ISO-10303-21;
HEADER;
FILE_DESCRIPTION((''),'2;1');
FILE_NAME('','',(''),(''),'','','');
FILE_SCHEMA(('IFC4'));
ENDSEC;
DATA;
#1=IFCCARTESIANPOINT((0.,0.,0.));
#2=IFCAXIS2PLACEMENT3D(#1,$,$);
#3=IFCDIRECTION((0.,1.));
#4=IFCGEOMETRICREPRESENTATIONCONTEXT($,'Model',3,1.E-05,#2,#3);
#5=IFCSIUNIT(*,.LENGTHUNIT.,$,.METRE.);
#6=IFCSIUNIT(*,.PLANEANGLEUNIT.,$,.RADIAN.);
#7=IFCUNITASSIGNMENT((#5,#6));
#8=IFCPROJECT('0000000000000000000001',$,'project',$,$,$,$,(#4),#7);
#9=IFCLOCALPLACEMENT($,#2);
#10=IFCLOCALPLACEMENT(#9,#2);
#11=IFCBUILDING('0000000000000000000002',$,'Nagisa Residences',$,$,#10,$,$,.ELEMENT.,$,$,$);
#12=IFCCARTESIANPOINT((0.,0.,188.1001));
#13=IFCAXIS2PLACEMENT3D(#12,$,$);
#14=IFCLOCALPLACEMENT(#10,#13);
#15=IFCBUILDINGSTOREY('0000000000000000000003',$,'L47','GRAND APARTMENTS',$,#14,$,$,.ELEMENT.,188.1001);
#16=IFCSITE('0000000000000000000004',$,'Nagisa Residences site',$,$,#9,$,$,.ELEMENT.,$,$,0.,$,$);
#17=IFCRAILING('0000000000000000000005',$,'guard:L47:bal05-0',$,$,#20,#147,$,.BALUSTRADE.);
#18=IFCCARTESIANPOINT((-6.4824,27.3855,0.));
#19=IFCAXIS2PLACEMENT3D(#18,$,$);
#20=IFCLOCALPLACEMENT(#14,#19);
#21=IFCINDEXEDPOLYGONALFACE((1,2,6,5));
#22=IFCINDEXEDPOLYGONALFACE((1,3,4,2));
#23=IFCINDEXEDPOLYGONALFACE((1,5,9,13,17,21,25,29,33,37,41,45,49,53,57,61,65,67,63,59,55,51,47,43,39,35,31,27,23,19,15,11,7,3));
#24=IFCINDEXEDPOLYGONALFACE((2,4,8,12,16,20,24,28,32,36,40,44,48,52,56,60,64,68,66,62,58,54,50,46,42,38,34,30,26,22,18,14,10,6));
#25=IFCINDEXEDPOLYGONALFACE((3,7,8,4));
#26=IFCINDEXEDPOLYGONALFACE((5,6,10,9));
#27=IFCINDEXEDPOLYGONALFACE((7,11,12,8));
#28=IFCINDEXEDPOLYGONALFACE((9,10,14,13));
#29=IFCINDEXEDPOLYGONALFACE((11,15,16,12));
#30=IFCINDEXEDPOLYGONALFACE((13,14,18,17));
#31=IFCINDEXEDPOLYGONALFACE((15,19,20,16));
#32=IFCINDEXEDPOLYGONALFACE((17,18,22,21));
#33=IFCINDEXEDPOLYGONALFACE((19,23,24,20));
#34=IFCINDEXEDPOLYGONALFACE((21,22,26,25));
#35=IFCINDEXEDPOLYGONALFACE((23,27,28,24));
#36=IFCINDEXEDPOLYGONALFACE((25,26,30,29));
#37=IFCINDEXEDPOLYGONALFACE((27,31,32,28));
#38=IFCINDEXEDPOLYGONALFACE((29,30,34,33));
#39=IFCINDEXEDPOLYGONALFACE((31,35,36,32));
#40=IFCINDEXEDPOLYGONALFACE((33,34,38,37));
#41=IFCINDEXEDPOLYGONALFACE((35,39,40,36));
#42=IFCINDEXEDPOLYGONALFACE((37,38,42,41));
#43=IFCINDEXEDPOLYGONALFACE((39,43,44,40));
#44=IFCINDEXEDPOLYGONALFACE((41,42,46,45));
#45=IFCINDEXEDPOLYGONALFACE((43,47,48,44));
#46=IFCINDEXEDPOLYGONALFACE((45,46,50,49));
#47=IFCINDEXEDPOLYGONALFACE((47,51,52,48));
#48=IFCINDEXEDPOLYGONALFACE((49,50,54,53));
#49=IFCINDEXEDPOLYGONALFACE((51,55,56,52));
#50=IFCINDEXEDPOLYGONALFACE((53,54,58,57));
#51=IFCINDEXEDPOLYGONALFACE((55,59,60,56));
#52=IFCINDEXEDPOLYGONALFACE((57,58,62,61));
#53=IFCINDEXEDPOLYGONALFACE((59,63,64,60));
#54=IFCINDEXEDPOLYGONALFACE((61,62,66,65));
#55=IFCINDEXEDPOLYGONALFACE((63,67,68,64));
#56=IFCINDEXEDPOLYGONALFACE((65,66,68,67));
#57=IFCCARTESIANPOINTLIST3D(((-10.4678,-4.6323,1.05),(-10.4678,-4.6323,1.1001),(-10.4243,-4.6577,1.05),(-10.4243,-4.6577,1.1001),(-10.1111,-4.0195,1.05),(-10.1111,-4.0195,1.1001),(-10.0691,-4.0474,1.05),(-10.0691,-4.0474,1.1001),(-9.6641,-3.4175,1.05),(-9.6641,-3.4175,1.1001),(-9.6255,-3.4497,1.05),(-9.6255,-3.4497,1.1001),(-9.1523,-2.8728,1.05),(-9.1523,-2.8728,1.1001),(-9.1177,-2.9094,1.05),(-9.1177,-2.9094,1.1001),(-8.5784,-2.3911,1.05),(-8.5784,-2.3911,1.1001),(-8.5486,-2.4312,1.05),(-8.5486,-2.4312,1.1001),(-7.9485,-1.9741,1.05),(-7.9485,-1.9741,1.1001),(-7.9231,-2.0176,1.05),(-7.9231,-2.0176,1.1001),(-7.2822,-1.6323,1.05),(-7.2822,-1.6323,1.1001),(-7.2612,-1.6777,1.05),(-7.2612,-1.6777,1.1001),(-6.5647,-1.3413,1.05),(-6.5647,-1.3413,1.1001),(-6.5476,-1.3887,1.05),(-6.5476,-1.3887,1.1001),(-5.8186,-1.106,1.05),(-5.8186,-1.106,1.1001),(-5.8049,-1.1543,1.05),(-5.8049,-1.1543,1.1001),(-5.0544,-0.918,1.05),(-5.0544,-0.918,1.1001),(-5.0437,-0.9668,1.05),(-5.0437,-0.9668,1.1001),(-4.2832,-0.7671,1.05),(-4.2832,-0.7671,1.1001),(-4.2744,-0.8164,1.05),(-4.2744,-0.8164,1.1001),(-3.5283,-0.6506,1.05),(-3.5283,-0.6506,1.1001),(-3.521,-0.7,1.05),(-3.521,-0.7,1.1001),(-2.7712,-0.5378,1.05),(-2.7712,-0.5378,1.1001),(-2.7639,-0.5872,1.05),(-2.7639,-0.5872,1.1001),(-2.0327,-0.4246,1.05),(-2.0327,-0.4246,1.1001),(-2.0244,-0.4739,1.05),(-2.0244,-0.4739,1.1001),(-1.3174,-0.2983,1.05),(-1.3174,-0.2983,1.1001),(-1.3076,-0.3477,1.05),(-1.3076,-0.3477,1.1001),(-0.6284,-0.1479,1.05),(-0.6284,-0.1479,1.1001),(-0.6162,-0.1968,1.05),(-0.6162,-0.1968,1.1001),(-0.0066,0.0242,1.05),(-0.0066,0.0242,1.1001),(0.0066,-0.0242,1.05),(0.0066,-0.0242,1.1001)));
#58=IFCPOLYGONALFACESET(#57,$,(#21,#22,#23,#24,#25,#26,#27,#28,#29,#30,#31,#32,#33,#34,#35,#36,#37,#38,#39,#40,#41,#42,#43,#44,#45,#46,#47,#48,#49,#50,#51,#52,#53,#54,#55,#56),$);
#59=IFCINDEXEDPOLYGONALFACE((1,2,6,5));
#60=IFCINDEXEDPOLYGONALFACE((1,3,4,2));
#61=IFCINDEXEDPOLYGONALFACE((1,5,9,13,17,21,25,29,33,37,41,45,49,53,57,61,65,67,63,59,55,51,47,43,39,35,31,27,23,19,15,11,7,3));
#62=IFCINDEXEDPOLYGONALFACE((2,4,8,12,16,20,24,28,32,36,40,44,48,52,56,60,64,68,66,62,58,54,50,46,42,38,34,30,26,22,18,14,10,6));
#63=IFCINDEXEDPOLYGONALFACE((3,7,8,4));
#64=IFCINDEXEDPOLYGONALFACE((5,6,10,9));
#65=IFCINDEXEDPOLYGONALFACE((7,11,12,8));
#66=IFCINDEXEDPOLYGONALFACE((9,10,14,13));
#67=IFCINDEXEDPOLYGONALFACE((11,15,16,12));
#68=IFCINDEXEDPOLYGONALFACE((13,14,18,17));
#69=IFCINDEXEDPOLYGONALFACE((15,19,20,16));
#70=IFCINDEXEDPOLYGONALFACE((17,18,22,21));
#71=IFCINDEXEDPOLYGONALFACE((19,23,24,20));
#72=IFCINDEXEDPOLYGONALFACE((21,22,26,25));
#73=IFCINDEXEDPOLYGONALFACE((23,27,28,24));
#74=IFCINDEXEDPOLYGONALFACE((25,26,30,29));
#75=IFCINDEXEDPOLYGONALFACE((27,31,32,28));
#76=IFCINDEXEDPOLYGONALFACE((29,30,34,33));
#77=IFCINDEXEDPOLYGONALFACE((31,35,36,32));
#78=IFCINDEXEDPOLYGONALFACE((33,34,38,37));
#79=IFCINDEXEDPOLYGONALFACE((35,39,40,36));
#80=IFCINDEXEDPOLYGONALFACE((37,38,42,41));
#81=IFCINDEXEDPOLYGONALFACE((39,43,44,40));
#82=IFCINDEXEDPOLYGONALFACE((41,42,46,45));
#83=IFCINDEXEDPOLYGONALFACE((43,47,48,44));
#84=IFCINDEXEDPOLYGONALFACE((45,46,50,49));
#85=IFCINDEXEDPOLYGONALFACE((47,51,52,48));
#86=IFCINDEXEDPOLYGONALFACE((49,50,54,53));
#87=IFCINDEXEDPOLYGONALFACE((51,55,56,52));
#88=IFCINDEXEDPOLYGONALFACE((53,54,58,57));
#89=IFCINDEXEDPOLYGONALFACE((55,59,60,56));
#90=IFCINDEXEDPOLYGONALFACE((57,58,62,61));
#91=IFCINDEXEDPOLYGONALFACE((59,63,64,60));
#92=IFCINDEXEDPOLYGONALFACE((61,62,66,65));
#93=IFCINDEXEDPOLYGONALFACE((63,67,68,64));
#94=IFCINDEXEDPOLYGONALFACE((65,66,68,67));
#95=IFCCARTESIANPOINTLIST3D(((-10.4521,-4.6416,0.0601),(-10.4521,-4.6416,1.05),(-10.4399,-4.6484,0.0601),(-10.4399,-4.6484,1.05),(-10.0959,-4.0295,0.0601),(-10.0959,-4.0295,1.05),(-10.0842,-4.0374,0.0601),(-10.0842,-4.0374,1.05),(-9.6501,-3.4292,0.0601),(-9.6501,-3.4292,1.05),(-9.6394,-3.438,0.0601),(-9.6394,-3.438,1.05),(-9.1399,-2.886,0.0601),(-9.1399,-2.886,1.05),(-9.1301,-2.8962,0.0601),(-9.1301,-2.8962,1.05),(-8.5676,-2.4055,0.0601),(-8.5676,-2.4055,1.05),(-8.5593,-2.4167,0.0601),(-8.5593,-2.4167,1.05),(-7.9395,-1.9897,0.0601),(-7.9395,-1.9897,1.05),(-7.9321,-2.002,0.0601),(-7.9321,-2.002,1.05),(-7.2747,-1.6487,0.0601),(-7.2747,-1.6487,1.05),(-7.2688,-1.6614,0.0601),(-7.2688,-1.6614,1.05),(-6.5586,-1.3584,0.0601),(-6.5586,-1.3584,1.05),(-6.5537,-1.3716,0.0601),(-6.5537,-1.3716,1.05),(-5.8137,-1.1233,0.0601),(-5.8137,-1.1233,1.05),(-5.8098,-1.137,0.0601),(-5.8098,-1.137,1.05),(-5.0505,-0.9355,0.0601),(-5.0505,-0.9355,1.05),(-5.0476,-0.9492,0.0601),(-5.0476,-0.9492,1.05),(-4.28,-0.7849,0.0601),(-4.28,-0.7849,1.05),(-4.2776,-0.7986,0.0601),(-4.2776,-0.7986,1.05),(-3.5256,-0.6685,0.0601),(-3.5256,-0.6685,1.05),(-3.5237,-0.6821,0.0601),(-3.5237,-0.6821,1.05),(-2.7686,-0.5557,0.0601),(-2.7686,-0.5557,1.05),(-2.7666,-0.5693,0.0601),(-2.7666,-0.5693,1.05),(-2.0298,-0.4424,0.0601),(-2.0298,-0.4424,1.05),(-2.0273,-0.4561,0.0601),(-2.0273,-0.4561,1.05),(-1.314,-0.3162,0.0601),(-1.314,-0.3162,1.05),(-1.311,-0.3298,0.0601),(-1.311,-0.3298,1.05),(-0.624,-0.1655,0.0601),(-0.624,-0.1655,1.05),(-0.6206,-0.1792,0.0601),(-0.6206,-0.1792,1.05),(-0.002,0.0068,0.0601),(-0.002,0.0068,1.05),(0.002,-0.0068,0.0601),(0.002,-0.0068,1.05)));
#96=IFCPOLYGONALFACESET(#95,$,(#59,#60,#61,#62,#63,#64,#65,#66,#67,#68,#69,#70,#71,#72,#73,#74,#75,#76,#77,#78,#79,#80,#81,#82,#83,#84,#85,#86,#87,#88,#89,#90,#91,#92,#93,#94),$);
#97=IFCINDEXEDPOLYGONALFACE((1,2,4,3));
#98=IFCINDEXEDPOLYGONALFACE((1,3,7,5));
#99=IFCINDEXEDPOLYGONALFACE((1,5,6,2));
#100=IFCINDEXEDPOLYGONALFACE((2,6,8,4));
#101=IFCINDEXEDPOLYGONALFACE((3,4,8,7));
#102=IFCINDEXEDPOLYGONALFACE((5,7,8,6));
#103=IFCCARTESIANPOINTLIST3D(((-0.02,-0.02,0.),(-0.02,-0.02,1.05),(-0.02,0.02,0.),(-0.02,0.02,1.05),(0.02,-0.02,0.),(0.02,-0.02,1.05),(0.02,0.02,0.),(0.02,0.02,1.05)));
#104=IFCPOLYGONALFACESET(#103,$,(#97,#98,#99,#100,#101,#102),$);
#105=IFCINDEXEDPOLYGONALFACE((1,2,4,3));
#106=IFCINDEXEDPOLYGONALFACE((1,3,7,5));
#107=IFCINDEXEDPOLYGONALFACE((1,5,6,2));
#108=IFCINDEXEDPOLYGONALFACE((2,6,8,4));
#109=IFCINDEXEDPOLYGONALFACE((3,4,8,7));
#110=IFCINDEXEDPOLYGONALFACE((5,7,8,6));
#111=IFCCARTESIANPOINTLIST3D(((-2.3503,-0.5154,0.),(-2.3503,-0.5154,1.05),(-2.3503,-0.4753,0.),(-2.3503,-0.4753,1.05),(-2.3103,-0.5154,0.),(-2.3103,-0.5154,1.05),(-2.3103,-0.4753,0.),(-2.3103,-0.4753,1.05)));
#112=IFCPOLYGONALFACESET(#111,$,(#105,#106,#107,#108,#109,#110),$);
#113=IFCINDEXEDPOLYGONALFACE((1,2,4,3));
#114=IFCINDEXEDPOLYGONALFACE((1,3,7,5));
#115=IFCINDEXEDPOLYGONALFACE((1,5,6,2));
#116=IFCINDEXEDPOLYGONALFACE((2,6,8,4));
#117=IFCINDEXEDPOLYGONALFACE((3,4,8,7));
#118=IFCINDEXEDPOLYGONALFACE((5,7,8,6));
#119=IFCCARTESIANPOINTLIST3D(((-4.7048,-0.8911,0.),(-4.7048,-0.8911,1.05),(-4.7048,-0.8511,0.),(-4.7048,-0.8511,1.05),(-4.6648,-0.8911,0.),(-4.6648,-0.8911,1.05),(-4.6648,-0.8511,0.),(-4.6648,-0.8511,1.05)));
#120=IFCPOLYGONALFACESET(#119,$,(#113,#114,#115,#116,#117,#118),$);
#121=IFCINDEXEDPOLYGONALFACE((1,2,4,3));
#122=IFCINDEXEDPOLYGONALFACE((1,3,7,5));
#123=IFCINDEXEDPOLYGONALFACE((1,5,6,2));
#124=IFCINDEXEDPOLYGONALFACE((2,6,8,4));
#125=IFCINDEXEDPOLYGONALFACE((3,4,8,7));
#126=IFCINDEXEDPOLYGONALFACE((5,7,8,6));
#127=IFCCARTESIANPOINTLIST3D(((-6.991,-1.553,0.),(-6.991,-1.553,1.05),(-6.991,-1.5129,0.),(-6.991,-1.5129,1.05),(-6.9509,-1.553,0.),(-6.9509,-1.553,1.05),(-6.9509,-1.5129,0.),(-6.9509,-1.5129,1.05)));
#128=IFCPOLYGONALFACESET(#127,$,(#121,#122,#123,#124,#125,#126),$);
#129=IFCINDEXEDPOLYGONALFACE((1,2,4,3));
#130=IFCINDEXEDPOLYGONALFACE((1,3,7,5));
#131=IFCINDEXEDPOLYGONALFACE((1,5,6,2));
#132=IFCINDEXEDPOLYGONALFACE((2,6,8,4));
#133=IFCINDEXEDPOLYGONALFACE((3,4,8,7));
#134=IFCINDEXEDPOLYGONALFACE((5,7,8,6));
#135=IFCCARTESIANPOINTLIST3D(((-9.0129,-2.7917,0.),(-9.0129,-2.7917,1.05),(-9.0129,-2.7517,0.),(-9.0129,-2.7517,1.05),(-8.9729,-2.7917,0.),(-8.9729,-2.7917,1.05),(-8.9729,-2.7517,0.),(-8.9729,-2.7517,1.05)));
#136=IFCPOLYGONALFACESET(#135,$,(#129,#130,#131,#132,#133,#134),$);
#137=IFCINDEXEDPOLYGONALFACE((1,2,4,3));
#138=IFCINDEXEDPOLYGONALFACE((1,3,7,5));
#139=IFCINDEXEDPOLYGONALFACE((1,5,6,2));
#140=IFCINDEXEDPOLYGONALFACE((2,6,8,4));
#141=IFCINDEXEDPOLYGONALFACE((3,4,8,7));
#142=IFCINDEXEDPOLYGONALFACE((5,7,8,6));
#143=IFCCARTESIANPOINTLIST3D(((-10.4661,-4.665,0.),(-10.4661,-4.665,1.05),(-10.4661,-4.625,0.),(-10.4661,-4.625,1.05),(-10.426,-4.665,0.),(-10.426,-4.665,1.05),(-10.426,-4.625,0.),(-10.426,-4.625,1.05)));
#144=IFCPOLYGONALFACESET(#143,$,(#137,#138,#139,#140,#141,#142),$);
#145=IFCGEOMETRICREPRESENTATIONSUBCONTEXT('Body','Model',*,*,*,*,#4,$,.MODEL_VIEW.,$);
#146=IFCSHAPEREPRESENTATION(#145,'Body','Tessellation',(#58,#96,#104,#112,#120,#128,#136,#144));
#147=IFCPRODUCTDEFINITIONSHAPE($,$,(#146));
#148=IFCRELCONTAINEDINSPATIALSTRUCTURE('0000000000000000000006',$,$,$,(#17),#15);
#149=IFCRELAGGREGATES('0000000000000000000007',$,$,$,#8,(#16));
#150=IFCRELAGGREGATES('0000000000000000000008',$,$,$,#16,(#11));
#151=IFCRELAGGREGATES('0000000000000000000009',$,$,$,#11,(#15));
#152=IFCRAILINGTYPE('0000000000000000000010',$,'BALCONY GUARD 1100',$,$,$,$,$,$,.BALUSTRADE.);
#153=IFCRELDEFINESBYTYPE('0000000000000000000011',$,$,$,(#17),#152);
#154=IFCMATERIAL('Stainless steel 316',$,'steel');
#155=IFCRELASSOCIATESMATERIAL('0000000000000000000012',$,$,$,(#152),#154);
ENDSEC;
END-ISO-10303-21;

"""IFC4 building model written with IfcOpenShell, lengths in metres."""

from ifc_helpers import new_model, si_unit, direction, frame, origin, origin_2d, place, context, subcontext, project, spatial, polyline, rectangle, outline, extrude, material, type_object, element, save


model = new_model("IFC4")

# Units and contexts
model_context = context("Model", 3, precision=1e-05, world=origin(), true_north=direction((0.0, 1.0)))
body_context = subcontext(model_context, "Body", "Model", "MODEL_VIEW")
ifc_project = project(units=[si_unit("LENGTHUNIT", "METRE"), si_unit("PLANEANGLEUNIT", "RADIAN")], contexts=[model_context])

# Site, building, storey
site_placement = place(None, origin())
site = spatial("IfcSite", under=ifc_project, at=site_placement, Name="Nagisa Residences site", CompositionType="ELEMENT", RefElevation=0.0)
building_placement = place(site_placement, origin())
building = spatial("IfcBuilding", under=site, at=building_placement, Name="Nagisa Residences", CompositionType="ELEMENT")
storey_placement = place(building_placement, frame((0.0, 0.0, 188.1001)))
storey = spatial("IfcBuildingStorey", under=building, at=storey_placement, Name="L47", Description="GRAND APARTMENTS", CompositionType="ELEMENT", Elevation=188.1001)

# Railing
ifc_material_1 = material(Name="Stainless steel 316", Category="steel")
railing_type = type_object("IfcRailingType", Name="BALCONY GUARD 1100", PredefinedType="BALUSTRADE", material=ifc_material_1)
railing_placement = place(storey_placement, frame((-6.4824, 27.3855, 0.0)))
element("IfcRailing", 1, at=railing_placement, inside=storey, type_object=railing_type, Name="guard:L47:bal05-0", PredefinedType="BALUSTRADE", context=body_context, shape_type="SweptSolid", body=[
    extrude(outline(polyline([(-0.6162, -0.1968), (0.0066, -0.0242), (-0.0066, 0.0242), (-0.6284, -0.1479), (-1.3174, -0.2983), (-2.0327, -0.4246), (-2.7712, -0.5378), (-3.5283, -0.6506), (-4.2832, -0.7671), (-5.0544, -0.918), (-5.8186, -1.106), (-6.5647, -1.3413), (-7.2822, -1.6323), (-7.9485, -1.9741), (-8.5784, -2.3911), (-9.1523, -2.8728), (-9.6641, -3.4175), (-10.1111, -4.0195), (-10.4678, -4.6323), (-10.4243, -4.6577), (-10.0691, -4.0474), (-9.6255, -3.4497), (-9.1177, -2.9094), (-8.5486, -2.4312), (-7.9231, -2.0176), (-7.2612, -1.6777), (-6.5476, -1.3887), (-5.8049, -1.1543), (-5.0437, -0.9668), (-4.2744, -0.8164), (-3.521, -0.7), (-2.7639, -0.5872), (-2.0244, -0.4739), (-1.3076, -0.3477), (-0.6162, -0.1968)])), frame((0.0, 0.0, 1.05)), (0.0, 0.0, 1.0), 0.05),
    extrude(outline(polyline([(-0.6206, -0.1792), (0.002, -0.0068), (-0.002, 0.0068), (-0.624, -0.1655), (-1.314, -0.3162), (-2.0298, -0.4424), (-2.7686, -0.5557), (-3.5256, -0.6685), (-4.28, -0.7849), (-5.0505, -0.9355), (-5.8137, -1.1233), (-6.5586, -1.3584), (-7.2747, -1.6487), (-7.9395, -1.9897), (-8.5676, -2.4055), (-9.1399, -2.886), (-9.6501, -3.4292), (-10.0959, -4.0295), (-10.4521, -4.6416), (-10.4399, -4.6484), (-10.0842, -4.0374), (-9.6394, -3.438), (-9.1301, -2.8962), (-8.5593, -2.4167), (-7.9321, -2.002), (-7.2688, -1.6614), (-6.5537, -1.3716), (-5.8098, -1.137), (-5.0476, -0.9492), (-4.2776, -0.7986), (-3.5237, -0.6821), (-2.7666, -0.5693), (-2.0273, -0.4561), (-1.311, -0.3298), (-0.6206, -0.1792)])), frame((0.0, 0.0, 0.0601)), (0.0, 0.0, 1.0), 0.99),
    extrude(rectangle(XDim=0.04, YDim=0.04, at=origin_2d()), origin(), (0.0, 0.0, 1.0), 1.05),
    extrude(rectangle(XDim=0.04, YDim=0.04, at=origin_2d()), frame((-2.3303, -0.4954, 0.0)), (0.0, 0.0, 1.0), 1.05),
    extrude(rectangle(XDim=0.04, YDim=0.04, at=origin_2d()), frame((-4.6848, -0.8711, 0.0)), (0.0, 0.0, 1.0), 1.05),
    extrude(rectangle(XDim=0.04, YDim=0.04, at=origin_2d()), frame((-6.9709, -1.533, 0.0)), (0.0, 0.0, 1.0), 1.05),
    extrude(rectangle(XDim=0.04, YDim=0.04, at=origin_2d()), frame((-8.9929, -2.7717, 0.0)), (0.0, 0.0, 1.0), 1.05),
    extrude(rectangle(XDim=0.04, YDim=0.04, at=origin_2d()), frame((-10.446, -4.645, 0.0)), (0.0, 0.0, 1.0), 1.05),
])

save(model, "model.ifc")
